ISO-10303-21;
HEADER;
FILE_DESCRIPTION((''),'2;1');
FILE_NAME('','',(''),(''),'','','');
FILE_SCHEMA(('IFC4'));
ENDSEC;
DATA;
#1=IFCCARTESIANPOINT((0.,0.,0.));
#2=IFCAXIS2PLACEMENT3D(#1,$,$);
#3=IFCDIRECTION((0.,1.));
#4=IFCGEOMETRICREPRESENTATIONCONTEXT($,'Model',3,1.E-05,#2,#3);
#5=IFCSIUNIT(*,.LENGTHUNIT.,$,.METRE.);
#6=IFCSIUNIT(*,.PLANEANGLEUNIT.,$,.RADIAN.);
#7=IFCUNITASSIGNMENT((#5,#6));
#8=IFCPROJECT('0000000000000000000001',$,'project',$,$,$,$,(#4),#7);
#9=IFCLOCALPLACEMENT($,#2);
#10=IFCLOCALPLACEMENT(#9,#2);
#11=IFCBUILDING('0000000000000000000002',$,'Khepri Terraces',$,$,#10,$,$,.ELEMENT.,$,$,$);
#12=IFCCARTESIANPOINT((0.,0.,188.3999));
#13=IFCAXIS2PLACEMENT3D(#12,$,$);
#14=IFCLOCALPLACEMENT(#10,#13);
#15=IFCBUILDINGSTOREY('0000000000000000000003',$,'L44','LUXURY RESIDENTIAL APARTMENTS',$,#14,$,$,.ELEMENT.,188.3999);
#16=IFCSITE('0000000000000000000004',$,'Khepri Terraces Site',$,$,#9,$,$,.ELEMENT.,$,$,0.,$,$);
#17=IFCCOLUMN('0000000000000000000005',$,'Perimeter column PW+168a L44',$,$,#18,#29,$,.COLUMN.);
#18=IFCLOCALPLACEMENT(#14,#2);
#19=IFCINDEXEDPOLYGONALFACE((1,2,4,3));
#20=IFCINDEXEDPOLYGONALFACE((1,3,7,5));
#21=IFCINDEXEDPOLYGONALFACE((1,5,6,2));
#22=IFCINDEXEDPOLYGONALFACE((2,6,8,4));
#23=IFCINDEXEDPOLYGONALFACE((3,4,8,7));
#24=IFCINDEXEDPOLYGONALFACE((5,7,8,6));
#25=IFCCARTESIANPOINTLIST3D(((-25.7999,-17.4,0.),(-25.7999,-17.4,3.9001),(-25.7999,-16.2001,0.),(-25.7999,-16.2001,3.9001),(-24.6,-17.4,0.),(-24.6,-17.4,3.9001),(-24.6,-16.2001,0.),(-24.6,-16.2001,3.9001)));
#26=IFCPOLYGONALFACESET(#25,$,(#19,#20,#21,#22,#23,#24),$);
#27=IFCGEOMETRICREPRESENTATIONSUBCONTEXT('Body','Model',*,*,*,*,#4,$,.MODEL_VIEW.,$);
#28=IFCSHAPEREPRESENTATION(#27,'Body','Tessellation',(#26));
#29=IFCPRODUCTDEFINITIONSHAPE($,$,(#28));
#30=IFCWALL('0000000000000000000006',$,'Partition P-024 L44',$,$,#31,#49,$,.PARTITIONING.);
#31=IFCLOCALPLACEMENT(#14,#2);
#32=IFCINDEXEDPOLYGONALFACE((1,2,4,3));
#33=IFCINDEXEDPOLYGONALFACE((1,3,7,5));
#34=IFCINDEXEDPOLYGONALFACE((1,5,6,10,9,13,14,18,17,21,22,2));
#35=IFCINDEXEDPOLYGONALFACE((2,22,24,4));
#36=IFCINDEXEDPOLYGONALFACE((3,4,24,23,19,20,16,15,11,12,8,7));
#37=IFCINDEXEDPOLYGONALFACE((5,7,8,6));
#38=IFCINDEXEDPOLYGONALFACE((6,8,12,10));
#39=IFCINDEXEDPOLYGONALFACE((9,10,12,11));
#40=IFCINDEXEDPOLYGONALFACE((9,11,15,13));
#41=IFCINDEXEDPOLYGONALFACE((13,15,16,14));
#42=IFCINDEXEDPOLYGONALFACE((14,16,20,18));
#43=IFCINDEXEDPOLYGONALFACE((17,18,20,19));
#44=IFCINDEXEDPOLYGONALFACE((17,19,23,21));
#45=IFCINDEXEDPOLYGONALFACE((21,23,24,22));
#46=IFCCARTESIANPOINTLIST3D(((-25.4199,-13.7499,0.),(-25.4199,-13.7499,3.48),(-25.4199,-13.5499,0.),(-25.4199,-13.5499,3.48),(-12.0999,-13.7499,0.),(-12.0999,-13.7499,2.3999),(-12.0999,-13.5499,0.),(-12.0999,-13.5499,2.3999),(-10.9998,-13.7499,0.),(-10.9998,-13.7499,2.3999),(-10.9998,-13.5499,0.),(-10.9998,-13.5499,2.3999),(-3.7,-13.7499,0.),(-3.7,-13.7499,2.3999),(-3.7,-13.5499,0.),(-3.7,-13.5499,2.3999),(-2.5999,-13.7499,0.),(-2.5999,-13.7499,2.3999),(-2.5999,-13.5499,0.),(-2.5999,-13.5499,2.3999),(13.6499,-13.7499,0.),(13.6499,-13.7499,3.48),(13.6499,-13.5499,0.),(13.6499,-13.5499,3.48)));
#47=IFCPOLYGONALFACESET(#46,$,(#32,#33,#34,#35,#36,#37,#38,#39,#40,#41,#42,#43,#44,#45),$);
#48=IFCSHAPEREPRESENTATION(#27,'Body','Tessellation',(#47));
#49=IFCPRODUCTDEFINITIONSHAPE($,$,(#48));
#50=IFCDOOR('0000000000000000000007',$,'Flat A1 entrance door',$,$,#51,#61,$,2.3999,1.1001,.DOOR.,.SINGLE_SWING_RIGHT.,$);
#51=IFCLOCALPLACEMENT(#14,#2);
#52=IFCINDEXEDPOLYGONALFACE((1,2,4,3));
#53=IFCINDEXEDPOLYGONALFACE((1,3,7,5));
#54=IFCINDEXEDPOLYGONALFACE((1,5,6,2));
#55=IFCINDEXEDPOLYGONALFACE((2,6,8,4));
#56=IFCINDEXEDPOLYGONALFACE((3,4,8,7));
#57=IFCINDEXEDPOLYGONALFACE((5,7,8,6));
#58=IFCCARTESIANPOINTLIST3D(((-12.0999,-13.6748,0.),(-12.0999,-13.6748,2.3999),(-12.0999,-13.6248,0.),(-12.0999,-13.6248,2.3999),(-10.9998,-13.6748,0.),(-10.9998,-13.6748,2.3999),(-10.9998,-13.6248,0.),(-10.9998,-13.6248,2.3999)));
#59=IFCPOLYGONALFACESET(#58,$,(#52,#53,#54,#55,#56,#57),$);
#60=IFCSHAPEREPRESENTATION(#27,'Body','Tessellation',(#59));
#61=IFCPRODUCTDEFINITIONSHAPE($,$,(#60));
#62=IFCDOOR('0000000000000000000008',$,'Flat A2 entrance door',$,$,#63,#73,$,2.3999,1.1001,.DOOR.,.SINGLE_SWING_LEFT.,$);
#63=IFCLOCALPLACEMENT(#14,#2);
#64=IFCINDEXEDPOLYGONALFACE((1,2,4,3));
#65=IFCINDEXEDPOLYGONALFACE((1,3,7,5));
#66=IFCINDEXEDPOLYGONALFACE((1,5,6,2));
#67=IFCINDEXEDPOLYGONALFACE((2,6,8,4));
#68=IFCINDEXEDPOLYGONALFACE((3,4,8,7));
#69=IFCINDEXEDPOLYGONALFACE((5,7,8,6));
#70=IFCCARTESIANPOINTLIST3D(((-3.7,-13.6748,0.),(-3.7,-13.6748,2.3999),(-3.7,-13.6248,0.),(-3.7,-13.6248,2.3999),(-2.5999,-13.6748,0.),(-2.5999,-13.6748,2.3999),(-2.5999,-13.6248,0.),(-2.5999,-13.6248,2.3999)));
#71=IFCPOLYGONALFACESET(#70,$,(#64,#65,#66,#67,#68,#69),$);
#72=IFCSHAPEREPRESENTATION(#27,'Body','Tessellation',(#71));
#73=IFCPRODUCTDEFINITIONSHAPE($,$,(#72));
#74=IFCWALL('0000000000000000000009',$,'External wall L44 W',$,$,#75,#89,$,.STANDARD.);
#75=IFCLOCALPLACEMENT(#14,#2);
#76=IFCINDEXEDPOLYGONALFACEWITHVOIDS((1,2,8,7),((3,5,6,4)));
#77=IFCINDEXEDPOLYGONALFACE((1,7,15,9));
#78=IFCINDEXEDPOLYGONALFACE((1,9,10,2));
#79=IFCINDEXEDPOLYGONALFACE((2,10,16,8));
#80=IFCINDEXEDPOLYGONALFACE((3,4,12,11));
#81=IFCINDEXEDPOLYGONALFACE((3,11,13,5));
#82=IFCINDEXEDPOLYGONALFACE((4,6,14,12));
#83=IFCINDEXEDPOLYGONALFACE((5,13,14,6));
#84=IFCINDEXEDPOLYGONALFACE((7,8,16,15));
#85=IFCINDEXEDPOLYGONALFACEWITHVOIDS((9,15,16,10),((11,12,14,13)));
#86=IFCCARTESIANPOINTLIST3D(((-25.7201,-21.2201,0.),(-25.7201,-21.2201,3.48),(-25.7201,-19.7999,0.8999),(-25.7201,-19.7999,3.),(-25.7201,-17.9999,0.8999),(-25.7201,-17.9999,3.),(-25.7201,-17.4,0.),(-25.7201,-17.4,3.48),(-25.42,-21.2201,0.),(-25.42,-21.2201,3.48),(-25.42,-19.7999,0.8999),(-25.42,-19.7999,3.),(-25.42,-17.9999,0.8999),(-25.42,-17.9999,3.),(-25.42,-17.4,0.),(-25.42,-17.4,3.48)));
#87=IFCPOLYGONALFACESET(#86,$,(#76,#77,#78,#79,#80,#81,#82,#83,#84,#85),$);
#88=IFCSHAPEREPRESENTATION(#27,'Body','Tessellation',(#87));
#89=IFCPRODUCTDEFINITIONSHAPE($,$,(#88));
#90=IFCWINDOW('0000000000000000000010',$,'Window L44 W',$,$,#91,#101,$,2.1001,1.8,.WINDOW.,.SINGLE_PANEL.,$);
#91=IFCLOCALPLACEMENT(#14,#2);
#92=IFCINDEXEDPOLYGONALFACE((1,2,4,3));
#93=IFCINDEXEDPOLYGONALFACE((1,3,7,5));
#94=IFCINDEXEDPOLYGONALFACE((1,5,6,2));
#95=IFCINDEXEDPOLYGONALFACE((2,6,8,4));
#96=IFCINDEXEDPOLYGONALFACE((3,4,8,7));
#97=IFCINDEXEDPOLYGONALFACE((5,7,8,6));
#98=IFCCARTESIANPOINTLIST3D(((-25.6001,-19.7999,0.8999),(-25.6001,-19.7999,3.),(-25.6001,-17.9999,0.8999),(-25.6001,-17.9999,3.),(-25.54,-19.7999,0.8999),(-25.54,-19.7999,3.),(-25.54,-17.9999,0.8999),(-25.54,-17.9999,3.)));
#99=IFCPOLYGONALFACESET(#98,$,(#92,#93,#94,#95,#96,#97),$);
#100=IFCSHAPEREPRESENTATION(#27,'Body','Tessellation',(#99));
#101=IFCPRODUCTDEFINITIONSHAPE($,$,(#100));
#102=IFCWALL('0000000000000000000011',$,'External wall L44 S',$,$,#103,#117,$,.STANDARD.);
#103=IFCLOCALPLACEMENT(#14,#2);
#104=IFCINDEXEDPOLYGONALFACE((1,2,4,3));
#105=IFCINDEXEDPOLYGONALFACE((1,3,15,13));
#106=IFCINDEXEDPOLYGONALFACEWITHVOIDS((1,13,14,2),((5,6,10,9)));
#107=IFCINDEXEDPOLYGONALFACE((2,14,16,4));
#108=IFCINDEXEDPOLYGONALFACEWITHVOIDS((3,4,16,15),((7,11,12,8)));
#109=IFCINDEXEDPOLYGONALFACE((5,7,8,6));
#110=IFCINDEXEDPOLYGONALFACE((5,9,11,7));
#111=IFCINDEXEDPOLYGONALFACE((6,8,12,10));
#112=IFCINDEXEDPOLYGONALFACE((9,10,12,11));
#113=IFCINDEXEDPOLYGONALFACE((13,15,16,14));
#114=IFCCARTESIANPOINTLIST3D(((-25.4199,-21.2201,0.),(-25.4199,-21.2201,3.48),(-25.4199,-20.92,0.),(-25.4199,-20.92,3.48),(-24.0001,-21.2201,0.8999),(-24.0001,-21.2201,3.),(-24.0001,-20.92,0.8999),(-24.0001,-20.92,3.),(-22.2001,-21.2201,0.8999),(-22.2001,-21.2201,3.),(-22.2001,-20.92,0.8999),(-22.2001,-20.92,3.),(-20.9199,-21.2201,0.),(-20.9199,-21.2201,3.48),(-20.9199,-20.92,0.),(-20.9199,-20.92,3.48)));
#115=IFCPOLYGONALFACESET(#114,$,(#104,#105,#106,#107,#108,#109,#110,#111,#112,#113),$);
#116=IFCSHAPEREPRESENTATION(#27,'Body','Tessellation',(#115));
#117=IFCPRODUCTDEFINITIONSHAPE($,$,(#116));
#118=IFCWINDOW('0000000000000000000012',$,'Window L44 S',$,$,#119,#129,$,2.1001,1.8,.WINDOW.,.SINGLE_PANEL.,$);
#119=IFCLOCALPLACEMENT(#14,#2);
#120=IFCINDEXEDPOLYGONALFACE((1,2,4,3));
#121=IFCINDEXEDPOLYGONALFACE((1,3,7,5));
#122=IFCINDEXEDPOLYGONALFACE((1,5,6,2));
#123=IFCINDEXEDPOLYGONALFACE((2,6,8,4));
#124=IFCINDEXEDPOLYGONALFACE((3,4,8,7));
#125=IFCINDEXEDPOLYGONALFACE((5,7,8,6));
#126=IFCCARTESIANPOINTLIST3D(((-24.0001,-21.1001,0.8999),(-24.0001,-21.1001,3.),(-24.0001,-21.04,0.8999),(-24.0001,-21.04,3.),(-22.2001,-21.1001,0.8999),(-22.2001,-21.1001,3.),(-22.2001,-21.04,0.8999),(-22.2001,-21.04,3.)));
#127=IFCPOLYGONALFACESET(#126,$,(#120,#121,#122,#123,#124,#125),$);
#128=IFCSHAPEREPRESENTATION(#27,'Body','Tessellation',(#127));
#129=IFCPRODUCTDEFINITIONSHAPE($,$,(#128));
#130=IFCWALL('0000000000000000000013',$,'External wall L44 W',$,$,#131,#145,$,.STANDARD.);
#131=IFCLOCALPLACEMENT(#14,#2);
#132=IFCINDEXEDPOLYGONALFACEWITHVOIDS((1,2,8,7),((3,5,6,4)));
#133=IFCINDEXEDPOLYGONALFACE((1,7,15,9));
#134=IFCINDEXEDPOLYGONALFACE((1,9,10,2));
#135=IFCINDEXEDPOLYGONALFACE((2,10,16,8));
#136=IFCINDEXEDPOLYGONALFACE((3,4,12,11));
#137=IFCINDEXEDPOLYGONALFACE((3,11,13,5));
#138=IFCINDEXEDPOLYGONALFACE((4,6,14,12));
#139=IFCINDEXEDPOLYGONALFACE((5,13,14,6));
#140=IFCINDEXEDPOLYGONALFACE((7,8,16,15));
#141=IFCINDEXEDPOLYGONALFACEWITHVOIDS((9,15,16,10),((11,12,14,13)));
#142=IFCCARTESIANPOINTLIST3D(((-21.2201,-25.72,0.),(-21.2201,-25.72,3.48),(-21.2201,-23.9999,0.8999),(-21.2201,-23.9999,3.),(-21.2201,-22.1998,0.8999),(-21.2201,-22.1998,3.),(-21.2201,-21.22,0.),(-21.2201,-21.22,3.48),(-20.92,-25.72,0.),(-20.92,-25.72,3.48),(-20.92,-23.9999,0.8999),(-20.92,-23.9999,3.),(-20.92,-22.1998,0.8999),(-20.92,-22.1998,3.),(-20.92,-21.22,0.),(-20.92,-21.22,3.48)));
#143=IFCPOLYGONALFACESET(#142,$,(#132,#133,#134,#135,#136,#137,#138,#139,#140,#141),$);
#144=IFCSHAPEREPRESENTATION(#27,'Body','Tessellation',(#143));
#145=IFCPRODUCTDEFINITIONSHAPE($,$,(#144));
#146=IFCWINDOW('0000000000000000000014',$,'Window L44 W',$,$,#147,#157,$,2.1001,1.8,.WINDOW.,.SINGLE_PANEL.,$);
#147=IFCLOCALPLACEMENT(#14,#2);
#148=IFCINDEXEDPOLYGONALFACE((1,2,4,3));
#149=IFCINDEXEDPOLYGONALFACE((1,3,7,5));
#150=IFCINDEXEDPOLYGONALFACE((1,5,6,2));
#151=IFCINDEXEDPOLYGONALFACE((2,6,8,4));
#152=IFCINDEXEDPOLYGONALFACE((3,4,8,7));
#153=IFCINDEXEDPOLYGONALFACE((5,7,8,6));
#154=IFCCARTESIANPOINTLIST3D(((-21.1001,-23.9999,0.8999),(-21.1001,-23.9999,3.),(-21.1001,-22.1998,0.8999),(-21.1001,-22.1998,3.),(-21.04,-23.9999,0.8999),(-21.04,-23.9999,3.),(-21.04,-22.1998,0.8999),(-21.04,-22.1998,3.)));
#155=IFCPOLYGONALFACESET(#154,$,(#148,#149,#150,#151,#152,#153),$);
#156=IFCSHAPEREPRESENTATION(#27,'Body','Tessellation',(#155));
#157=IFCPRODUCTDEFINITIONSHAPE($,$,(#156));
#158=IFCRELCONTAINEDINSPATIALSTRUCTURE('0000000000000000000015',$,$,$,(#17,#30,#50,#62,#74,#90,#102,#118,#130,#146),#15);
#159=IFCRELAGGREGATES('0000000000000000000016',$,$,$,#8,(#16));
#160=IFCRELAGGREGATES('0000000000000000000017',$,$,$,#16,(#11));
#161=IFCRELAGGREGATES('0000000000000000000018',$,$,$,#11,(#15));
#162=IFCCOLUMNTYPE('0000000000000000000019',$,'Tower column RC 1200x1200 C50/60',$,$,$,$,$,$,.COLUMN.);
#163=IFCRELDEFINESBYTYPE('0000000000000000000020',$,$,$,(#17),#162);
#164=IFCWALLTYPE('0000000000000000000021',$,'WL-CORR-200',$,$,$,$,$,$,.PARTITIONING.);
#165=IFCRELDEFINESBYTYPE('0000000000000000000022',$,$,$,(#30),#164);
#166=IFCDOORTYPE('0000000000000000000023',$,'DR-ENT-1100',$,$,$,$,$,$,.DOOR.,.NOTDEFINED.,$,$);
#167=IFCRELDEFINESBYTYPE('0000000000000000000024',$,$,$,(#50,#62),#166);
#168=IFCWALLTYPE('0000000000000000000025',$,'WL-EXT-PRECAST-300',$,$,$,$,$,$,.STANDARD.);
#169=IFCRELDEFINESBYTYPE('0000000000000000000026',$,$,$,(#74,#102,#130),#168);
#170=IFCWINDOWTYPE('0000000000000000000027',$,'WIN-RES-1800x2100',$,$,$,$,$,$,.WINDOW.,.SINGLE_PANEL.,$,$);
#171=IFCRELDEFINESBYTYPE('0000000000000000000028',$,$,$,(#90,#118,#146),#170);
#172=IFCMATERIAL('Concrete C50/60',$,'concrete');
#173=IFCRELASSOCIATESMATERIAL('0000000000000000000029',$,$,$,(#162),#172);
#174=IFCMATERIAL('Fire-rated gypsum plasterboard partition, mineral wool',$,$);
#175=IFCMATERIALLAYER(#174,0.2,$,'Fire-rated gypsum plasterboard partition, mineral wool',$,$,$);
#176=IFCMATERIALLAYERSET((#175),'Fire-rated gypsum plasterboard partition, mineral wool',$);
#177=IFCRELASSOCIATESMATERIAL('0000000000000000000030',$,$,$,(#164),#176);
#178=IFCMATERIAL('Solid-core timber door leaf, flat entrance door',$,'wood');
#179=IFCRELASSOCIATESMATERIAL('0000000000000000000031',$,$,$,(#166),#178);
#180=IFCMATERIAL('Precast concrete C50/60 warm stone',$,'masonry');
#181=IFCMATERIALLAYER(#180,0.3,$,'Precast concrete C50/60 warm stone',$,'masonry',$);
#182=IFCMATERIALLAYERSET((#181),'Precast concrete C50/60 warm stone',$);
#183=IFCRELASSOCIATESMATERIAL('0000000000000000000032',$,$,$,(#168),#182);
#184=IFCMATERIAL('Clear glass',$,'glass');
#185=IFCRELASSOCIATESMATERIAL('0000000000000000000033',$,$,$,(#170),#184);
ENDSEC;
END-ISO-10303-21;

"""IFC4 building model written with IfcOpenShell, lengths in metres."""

from ifc_helpers import new_model, si_unit, direction, frame, frame_2d, origin, origin_2d, place, context, subcontext, project, spatial, rectangle, extrude, material, layer, layer_set, material_profile, profile_set, type_object, element, fill, save


model = new_model("IFC4")

# Units and contexts
model_context = context("Model", 3, precision=1e-05, world=origin(), true_north=direction((0.0, 1.0)))
body_context = subcontext(model_context, "Body", "Model", "MODEL_VIEW")
ifc_project = project(units=[si_unit("LENGTHUNIT", "METRE"), si_unit("PLANEANGLEUNIT", "RADIAN")], contexts=[model_context])

# Site, building, storey
site_placement = place(None, origin())
site = spatial("IfcSite", under=ifc_project, at=site_placement, Name="Khepri Terraces Site", CompositionType="ELEMENT", RefElevation=0.0)
building_placement = place(site_placement, origin())
building = spatial("IfcBuilding", under=site, at=building_placement, Name="Khepri Terraces", CompositionType="ELEMENT")
storey_placement = place(building_placement, frame((0.0, 0.0, 188.3999)))
storey = spatial("IfcBuildingStorey", under=building, at=storey_placement, Name="L44", Description="LUXURY RESIDENTIAL APARTMENTS", CompositionType="ELEMENT", Elevation=188.3999)

# Column
ifc_material_1 = material(Name="Concrete C50/60", Category="concrete")
ifc_material_profile = material_profile(ifc_material_1, rectangle(XDim=1.2, YDim=1.2, at=origin_2d()), Name="Concrete C50/60", Category="concrete")
ifc_profile_set = profile_set([ifc_material_profile], Name="Concrete C50/60")
column_type = type_object("IfcColumnType", Name="Tower column RC 1200x1200 C50/60", PredefinedType="COLUMN", material=ifc_profile_set)
column_placement = place(storey_placement, frame((-25.2, -16.8, 0.0), z_axis=(0.0, 0.0, 1.0), x_axis=(1.0, 0.0, 0.0)))
element("IfcColumn", 1, at=column_placement, inside=storey, type_object=column_type, Name="Perimeter column PW+168a L44", PredefinedType="COLUMN", context=body_context, shape_type="SweptSolid", body=[
    extrude(rectangle(XDim=1.2, YDim=1.2, at=origin_2d()), origin(), (0.0, 0.0, 1.0), 3.9001),
])

# Wall, openings, doors
ifc_material_2 = material(Name="Fire-rated gypsum plasterboard partition, mineral wool")
ifc_layer_1 = layer(ifc_material_2, 0.2, Name="Fire-rated gypsum plasterboard partition, mineral wool")
ifc_layer_set_1 = layer_set([ifc_layer_1], Name="Fire-rated gypsum plasterboard partition, mineral wool")
wall_type_1 = type_object("IfcWallType", Name="WL-CORR-200", PredefinedType="PARTITIONING", material=ifc_layer_set_1)
wall_1_placement = place(storey_placement, frame((-25.4199, -13.6499, 0.0), z_axis=(0.0, 0.0, 1.0), x_axis=(1.0, 0.0, 0.0)))
wall_1 = element("IfcWall", 2, at=wall_1_placement, inside=storey, type_object=wall_type_1, Name="Partition P-024 L44", PredefinedType="PARTITIONING", context=body_context, shape_type="SweptSolid", body=[
    extrude(rectangle(XDim=39.0698, YDim=0.2, at=frame_2d((19.5349, 0.0))), origin(), (0.0, 0.0, 1.0), 3.48),
])
opening_1_placement = place(wall_1_placement, frame((13.3201, 0.0, 0.0)))
opening_1 = element("IfcOpeningElement", 3, at=opening_1_placement, cuts=wall_1, PredefinedType="OPENING", context=body_context, shape_type="SweptSolid", body=[
    extrude(rectangle(XDim=1.1001, YDim=2.3999, at=frame_2d((0.55, 1.2))), frame((0.0, 0.1099, 0.0), z_axis=(0.0, -1.0, 0.0), x_axis=(1.0, 0.0, 0.0)), (0.0, 0.0, 1.0), 0.22),
])
opening_2_placement = place(wall_1_placement, frame((21.72, 0.0, 0.0)))
opening_2 = element("IfcOpeningElement", 4, at=opening_2_placement, cuts=wall_1, PredefinedType="OPENING", context=body_context, shape_type="SweptSolid", body=[
    extrude(rectangle(XDim=1.1001, YDim=2.3999, at=frame_2d((0.55, 1.2))), frame((0.0, 0.1099, 0.0), z_axis=(0.0, -1.0, 0.0), x_axis=(1.0, 0.0, 0.0)), (0.0, 0.0, 1.0), 0.22),
])
ifc_material_3 = material(Name="Solid-core timber door leaf, flat entrance door", Category="wood")
door_type_1 = type_object("IfcDoorType", Name="DR-ENT-1100", OperationType="NOTDEFINED", PredefinedType="DOOR", material=ifc_material_3)
door_1_placement = place(opening_1_placement, frame((1.1001, 0.0, 0.0), z_axis=(0.0, 0.0, 1.0), x_axis=(-1.0, 0.0, 0.0)))
door_1 = element("IfcDoor", 5, at=door_1_placement, inside=storey, type_object=door_type_1, Name="Flat A1 entrance door", OperationType="SINGLE_SWING_RIGHT", OverallHeight=2.3999, OverallWidth=1.1001, PredefinedType="DOOR", context=body_context, shape_type="SweptSolid", body=[
    extrude(rectangle(XDim=1.1001, YDim=2.3999, at=frame_2d((0.55, 1.2))), frame((0.0, 0.0249, 0.0), z_axis=(0.0, -1.0, 0.0), x_axis=(1.0, 0.0, 0.0)), (0.0, 0.0, 1.0), 0.05),
])
fill(opening_1, door_1)
door_2_placement = place(opening_2_placement, frame((1.1001, 0.0, 0.0), z_axis=(0.0, 0.0, 1.0), x_axis=(-1.0, 0.0, 0.0)))
door_2 = element("IfcDoor", 6, at=door_2_placement, inside=storey, type_object=door_type_1, Name="Flat A2 entrance door", OperationType="SINGLE_SWING_LEFT", OverallHeight=2.3999, OverallWidth=1.1001, PredefinedType="DOOR", context=body_context, shape_type="SweptSolid", body=[
    extrude(rectangle(XDim=1.1001, YDim=2.3999, at=frame_2d((0.55, 1.2))), frame((0.0, 0.0249, 0.0), z_axis=(0.0, -1.0, 0.0), x_axis=(1.0, 0.0, 0.0)), (0.0, 0.0, 1.0), 0.05),
])
fill(opening_2, door_2)

# Walls, openings, windows
ifc_material_4 = material(Name="Precast concrete C50/60 warm stone", Category="masonry")
ifc_layer_2 = layer(ifc_material_4, 0.3, Name="Precast concrete C50/60 warm stone", Category="masonry")
ifc_layer_set_2 = layer_set([ifc_layer_2], Name="Precast concrete C50/60 warm stone")
wall_type_2 = type_object("IfcWallType", Name="WL-EXT-PRECAST-300", PredefinedType="STANDARD", material=ifc_layer_set_2)
wall_2_placement = place(storey_placement, frame((-25.5701, -17.3999, 0.0), z_axis=(0.0, 0.0, 1.0), x_axis=(0.0, -1.0, 0.0)))
wall_2 = element("IfcWall", 7, at=wall_2_placement, inside=storey, type_object=wall_type_2, Name="External wall L44 W", PredefinedType="STANDARD", context=body_context, shape_type="SweptSolid", body=[
    extrude(rectangle(XDim=3.8201, YDim=0.3, at=frame_2d((1.9102, 0.0))), origin(), (0.0, 0.0, 1.0), 3.48),
])
opening_3_placement = place(wall_2_placement, frame((0.6001, 0.0, 0.8999)))
opening_3 = element("IfcOpeningElement", 8, at=opening_3_placement, cuts=wall_2, PredefinedType="OPENING", context=body_context, shape_type="SweptSolid", body=[
    extrude(rectangle(XDim=1.8, YDim=2.1001, at=frame_2d((0.8999, 1.05))), frame((0.0, 0.1602, 0.0), z_axis=(0.0, -1.0, 0.0), x_axis=(1.0, 0.0, 0.0)), (0.0, 0.0, 1.0), 0.3201),
])
ifc_material_5 = material(Name="Clear glass", Category="glass")
window_type = type_object("IfcWindowType", Name="WIN-RES-1800x2100", PartitioningType="SINGLE_PANEL", PredefinedType="WINDOW", material=ifc_material_5)
window_1_placement = place(opening_3_placement, origin())
window_1 = element("IfcWindow", 9, at=window_1_placement, inside=storey, type_object=window_type, Name="Window L44 W", OverallHeight=2.1001, OverallWidth=1.8, PartitioningType="SINGLE_PANEL", PredefinedType="WINDOW", context=body_context, shape_type="SweptSolid", body=[
    extrude(rectangle(XDim=1.8, YDim=2.1001, at=frame_2d((0.8999, 1.05))), frame((0.0, 0.03, 0.0), z_axis=(0.0, -1.0, 0.0), x_axis=(1.0, 0.0, 0.0)), (0.0, 0.0, 1.0), 0.0601),
])
fill(opening_3, window_1)
wall_3_placement = place(storey_placement, frame((-25.4199, -21.0701, 0.0), z_axis=(0.0, 0.0, 1.0), x_axis=(1.0, 0.0, 0.0)))
wall_3 = element("IfcWall", 10, at=wall_3_placement, inside=storey, type_object=wall_type_2, Name="External wall L44 S", PredefinedType="STANDARD", context=body_context, shape_type="SweptSolid", body=[
    extrude(rectangle(XDim=4.5, YDim=0.3, at=frame_2d((2.25, 0.0))), origin(), (0.0, 0.0, 1.0), 3.48),
])
opening_4_placement = place(wall_3_placement, frame((1.4199, 0.0, 0.8999)))
opening_4 = element("IfcOpeningElement", 11, at=opening_4_placement, cuts=wall_3, PredefinedType="OPENING", context=body_context, shape_type="SweptSolid", body=[
    extrude(rectangle(XDim=1.8, YDim=2.1001, at=frame_2d((0.8999, 1.05))), frame((0.0, 0.1602, 0.0), z_axis=(0.0, -1.0, 0.0), x_axis=(1.0, 0.0, 0.0)), (0.0, 0.0, 1.0), 0.3201),
])
window_2_placement = place(opening_4_placement, origin())
window_2 = element("IfcWindow", 12, at=window_2_placement, inside=storey, type_object=window_type, Name="Window L44 S", OverallHeight=2.1001, OverallWidth=1.8, PartitioningType="SINGLE_PANEL", PredefinedType="WINDOW", context=body_context, shape_type="SweptSolid", body=[
    extrude(rectangle(XDim=1.8, YDim=2.1001, at=frame_2d((0.8999, 1.05))), frame((0.0, 0.03, 0.0), z_axis=(0.0, -1.0, 0.0), x_axis=(1.0, 0.0, 0.0)), (0.0, 0.0, 1.0), 0.0601),
])
fill(opening_4, window_2)
wall_4_placement = place(storey_placement, frame((-21.0701, -21.22, 0.0), z_axis=(0.0, 0.0, 1.0), x_axis=(0.0, -1.0, 0.0)))
wall_4 = element("IfcWall", 13, at=wall_4_placement, inside=storey, type_object=wall_type_2, Name="External wall L44 W", PredefinedType="STANDARD", context=body_context, shape_type="SweptSolid", body=[
    extrude(rectangle(XDim=4.5, YDim=0.3, at=frame_2d((2.25, 0.0))), origin(), (0.0, 0.0, 1.0), 3.48),
])
opening_5_placement = place(wall_4_placement, frame((0.98, 0.0, 0.8999)))
opening_5 = element("IfcOpeningElement", 14, at=opening_5_placement, cuts=wall_4, PredefinedType="OPENING", context=body_context, shape_type="SweptSolid", body=[
    extrude(rectangle(XDim=1.8, YDim=2.1001, at=frame_2d((0.8999, 1.05))), frame((0.0, 0.1602, 0.0), z_axis=(0.0, -1.0, 0.0), x_axis=(1.0, 0.0, 0.0)), (0.0, 0.0, 1.0), 0.3201),
])
window_3_placement = place(opening_5_placement, origin())
window_3 = element("IfcWindow", 15, at=window_3_placement, inside=storey, type_object=window_type, Name="Window L44 W", OverallHeight=2.1001, OverallWidth=1.8, PartitioningType="SINGLE_PANEL", PredefinedType="WINDOW", context=body_context, shape_type="SweptSolid", body=[
    extrude(rectangle(XDim=1.8, YDim=2.1001, at=frame_2d((0.8999, 1.05))), frame((0.0, 0.03, 0.0), z_axis=(0.0, -1.0, 0.0), x_axis=(1.0, 0.0, 0.0)), (0.0, 0.0, 1.0), 0.0601),
])
fill(opening_5, window_3)

save(model, "model.ifc")
